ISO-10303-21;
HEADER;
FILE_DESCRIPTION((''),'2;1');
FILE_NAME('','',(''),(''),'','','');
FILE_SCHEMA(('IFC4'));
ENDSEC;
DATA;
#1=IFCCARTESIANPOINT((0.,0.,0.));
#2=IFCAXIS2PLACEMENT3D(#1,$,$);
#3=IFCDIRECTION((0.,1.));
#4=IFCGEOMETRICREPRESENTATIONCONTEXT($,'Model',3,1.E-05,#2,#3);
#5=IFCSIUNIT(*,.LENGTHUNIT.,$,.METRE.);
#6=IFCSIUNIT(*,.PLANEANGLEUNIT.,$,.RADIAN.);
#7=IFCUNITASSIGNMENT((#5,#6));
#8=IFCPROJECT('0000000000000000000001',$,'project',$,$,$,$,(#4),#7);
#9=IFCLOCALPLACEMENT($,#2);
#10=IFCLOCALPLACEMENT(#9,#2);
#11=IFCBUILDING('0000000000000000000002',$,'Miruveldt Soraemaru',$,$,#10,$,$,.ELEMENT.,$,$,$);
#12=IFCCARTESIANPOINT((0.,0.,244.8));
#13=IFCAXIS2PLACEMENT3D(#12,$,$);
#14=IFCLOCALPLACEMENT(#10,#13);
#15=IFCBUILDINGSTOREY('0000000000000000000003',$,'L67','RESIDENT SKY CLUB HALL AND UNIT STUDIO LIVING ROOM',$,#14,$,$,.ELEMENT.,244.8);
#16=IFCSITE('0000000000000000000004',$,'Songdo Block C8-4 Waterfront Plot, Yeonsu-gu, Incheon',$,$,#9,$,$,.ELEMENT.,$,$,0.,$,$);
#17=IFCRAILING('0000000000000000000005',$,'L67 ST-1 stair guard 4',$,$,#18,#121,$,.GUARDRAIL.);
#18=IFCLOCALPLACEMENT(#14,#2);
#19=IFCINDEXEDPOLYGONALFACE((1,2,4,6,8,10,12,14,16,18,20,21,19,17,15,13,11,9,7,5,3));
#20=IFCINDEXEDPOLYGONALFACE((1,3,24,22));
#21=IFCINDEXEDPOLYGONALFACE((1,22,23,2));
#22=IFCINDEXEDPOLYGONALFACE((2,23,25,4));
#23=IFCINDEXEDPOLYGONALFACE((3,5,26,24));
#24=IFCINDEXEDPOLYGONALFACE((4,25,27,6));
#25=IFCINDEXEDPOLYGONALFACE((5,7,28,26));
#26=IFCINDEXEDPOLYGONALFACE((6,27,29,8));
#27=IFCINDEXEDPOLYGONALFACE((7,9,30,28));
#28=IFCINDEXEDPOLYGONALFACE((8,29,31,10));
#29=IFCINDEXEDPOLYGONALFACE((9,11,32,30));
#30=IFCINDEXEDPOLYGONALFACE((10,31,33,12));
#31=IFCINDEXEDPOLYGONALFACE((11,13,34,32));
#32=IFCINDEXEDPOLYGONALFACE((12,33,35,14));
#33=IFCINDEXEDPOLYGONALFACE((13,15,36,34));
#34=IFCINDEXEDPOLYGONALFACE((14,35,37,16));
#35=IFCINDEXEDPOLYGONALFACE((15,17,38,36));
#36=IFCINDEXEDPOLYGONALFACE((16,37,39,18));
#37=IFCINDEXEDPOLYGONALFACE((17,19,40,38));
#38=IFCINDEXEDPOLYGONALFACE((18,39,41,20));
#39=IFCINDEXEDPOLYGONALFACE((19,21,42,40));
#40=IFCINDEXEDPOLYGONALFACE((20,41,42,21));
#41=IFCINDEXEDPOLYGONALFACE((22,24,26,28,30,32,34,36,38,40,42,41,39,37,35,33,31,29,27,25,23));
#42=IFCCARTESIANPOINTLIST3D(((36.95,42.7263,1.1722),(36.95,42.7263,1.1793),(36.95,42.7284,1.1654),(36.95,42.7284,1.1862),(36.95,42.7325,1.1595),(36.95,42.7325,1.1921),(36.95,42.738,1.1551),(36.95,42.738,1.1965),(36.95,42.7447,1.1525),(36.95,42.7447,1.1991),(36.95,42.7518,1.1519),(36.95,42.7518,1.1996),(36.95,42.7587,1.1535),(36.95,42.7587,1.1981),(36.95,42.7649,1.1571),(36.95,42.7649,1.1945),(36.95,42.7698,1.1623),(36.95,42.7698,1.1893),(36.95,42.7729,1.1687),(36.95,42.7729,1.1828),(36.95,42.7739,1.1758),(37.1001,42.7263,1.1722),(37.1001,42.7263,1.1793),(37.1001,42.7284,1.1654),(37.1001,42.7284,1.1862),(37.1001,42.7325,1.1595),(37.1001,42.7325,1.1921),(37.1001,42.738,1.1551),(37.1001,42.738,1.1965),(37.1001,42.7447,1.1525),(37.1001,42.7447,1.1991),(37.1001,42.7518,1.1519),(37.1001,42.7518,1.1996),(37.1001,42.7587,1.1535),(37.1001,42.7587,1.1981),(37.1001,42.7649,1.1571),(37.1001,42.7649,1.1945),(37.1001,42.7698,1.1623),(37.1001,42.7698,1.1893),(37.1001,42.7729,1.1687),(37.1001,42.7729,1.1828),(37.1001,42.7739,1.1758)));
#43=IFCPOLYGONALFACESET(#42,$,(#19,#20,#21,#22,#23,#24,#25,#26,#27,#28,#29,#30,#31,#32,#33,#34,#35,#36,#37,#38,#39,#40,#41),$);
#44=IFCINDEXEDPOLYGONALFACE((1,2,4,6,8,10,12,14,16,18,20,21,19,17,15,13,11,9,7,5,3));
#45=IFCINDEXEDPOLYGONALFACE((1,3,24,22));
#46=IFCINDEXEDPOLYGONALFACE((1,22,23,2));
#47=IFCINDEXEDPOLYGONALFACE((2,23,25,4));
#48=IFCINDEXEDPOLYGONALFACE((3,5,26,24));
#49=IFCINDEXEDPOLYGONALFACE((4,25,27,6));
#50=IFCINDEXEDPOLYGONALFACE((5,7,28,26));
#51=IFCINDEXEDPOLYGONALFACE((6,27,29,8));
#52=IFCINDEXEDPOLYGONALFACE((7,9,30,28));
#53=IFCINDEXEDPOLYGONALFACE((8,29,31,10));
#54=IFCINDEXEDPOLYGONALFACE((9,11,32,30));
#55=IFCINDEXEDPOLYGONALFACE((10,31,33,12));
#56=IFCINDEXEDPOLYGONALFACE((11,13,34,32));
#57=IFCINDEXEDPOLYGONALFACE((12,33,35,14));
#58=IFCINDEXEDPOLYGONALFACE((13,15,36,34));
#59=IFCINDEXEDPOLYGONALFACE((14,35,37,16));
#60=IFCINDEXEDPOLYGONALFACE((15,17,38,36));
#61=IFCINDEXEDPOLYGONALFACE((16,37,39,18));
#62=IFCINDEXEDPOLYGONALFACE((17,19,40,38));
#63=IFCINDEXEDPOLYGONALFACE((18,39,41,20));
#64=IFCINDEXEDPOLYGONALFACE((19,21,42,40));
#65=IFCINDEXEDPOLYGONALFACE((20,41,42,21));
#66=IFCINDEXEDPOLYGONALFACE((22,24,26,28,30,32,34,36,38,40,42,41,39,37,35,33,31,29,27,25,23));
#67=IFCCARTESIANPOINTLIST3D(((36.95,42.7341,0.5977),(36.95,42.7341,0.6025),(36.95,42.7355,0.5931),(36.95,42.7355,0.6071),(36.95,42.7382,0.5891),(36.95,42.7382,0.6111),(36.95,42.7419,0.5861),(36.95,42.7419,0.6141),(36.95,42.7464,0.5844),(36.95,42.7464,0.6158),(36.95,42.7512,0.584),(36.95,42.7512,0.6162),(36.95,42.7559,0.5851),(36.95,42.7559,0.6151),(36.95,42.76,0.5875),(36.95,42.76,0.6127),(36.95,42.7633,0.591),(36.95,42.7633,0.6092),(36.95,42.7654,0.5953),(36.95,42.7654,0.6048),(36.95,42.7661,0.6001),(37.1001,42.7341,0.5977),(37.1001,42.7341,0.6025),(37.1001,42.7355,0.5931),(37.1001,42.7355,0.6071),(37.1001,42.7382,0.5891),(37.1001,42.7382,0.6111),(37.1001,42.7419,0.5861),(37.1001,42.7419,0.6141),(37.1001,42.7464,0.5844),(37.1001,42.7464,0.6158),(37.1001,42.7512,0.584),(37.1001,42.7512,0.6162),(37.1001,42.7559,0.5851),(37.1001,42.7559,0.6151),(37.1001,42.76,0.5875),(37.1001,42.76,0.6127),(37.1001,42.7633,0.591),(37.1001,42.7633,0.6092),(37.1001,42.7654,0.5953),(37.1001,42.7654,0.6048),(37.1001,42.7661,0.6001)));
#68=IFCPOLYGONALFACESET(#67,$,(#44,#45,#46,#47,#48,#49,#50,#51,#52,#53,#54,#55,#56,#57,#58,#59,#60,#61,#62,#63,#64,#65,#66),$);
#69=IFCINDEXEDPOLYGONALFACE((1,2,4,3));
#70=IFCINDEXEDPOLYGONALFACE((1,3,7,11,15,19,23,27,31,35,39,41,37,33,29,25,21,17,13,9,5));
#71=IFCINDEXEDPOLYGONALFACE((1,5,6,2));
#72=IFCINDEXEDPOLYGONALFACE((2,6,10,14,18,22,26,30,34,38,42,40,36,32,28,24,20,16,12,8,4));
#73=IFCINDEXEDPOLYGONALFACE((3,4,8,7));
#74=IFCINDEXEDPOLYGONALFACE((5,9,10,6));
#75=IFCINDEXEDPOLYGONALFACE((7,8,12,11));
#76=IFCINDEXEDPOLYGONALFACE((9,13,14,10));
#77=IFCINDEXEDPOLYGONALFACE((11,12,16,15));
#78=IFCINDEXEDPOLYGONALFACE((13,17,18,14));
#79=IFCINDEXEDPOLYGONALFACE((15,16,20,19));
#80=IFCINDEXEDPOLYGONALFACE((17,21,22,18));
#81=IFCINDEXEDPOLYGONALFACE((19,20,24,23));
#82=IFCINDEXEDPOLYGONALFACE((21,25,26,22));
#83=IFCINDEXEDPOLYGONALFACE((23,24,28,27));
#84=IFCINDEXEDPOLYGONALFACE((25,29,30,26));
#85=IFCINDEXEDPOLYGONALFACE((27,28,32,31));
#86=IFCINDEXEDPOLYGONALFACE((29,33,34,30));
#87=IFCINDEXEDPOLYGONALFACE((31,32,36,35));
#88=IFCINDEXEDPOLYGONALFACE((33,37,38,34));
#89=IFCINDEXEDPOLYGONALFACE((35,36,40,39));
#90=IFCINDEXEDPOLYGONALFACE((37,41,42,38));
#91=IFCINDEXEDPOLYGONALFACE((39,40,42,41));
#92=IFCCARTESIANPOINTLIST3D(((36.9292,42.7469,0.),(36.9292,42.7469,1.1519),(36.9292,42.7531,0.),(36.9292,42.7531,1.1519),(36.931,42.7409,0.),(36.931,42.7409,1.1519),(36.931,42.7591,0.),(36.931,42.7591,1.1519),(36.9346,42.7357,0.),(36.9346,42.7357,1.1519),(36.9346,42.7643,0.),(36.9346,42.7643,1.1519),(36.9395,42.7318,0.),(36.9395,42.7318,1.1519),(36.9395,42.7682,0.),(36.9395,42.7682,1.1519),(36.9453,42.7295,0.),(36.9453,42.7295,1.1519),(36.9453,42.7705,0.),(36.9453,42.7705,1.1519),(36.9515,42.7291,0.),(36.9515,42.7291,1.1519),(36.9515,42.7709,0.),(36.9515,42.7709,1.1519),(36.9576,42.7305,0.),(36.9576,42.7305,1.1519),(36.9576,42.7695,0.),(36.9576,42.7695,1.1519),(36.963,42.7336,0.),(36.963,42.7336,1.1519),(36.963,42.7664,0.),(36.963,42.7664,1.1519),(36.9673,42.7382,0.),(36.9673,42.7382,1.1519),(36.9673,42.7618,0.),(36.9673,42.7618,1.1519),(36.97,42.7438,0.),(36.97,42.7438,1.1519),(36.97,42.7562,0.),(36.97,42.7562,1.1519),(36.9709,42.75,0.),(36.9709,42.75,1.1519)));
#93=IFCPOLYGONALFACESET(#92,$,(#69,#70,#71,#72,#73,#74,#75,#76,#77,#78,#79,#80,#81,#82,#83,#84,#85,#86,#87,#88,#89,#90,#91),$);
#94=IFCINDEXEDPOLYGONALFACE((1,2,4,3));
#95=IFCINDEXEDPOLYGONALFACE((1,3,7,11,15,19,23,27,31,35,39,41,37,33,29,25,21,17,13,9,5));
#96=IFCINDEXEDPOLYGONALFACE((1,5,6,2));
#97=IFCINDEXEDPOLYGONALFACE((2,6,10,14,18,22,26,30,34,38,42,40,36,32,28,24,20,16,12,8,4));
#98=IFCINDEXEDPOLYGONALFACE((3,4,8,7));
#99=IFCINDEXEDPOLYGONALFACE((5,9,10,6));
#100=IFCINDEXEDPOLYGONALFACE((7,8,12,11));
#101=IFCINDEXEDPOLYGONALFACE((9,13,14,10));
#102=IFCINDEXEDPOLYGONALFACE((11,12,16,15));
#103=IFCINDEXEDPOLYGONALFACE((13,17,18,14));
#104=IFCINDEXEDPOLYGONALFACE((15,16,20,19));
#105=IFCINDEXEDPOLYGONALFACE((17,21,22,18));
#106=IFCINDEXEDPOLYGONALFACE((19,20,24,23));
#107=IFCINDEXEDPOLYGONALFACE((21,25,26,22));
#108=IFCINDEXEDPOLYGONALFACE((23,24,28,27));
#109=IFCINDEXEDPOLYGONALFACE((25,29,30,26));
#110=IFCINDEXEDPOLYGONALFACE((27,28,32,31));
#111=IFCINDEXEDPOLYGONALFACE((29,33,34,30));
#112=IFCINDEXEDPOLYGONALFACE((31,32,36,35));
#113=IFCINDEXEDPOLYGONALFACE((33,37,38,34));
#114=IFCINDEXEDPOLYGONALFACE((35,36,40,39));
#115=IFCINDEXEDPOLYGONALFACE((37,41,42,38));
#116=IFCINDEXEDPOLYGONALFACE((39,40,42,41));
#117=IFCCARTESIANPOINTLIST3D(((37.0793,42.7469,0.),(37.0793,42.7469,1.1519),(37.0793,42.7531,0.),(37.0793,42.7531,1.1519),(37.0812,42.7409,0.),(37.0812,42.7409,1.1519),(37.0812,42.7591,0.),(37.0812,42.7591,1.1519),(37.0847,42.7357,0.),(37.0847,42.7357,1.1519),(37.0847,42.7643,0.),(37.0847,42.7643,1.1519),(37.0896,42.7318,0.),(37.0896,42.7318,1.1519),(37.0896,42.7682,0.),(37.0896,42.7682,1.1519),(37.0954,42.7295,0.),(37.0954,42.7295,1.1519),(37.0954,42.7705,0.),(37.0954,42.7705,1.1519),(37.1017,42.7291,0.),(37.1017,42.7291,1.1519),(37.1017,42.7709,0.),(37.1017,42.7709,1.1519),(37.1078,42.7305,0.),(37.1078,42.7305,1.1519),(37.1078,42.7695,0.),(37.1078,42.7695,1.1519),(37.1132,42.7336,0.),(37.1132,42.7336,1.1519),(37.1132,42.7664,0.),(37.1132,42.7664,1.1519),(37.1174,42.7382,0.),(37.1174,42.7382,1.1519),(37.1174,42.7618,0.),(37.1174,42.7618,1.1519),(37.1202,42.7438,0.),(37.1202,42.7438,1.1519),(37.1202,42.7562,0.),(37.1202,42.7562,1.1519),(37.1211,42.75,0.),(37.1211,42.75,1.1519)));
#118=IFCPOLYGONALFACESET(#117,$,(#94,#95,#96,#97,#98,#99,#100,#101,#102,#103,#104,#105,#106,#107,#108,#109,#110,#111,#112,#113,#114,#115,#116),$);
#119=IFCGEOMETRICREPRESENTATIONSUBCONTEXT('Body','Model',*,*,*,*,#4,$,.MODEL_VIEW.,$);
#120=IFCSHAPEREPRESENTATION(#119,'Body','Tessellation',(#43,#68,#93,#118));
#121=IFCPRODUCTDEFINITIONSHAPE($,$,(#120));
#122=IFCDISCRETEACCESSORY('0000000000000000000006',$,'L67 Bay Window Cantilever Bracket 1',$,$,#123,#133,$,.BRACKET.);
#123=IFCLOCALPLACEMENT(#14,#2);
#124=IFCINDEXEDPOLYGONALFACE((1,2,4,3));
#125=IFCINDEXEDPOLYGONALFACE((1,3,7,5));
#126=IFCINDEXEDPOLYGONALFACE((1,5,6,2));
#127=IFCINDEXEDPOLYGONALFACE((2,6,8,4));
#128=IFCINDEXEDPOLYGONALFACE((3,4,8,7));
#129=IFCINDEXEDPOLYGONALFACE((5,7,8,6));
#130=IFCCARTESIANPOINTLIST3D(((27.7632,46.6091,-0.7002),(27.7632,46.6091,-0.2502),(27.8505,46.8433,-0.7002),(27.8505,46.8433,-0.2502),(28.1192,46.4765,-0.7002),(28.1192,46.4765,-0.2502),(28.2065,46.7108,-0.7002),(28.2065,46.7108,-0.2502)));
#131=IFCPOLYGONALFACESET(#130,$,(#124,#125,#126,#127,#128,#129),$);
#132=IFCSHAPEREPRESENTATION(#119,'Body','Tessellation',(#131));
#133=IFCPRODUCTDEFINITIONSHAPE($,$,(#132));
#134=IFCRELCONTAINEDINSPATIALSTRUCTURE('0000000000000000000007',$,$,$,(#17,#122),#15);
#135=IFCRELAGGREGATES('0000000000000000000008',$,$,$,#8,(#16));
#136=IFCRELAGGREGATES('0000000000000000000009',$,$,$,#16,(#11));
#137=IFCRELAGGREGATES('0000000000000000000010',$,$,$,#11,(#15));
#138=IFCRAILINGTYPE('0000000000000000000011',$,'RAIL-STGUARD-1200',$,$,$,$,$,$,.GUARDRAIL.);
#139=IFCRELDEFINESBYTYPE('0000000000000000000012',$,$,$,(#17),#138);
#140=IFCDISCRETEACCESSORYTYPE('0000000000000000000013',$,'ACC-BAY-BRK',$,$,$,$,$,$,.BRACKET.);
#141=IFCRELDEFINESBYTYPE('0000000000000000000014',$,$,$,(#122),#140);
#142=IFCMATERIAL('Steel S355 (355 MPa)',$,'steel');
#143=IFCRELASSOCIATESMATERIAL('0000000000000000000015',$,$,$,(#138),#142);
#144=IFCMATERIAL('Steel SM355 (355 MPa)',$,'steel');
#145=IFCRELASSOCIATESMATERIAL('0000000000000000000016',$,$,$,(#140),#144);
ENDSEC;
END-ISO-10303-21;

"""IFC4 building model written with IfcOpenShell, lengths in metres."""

from ifc_helpers import new_model, si_unit, direction, frame, origin, origin_2d, place, context, subcontext, project, spatial, rectangle, circle, extrude, material, type_object, element, save


model = new_model("IFC4")

# Units and contexts
model_context = context("Model", 3, precision=1e-05, world=origin(), true_north=direction((0.0, 1.0)))
body_context = subcontext(model_context, "Body", "Model", "MODEL_VIEW")
ifc_project = project(units=[si_unit("LENGTHUNIT", "METRE"), si_unit("PLANEANGLEUNIT", "RADIAN")], contexts=[model_context])

# Site, building, storey
site_placement = place(None, origin())
site = spatial("IfcSite", under=ifc_project, at=site_placement, Name="Songdo Block C8-4 Waterfront Plot, Yeonsu-gu, Incheon", CompositionType="ELEMENT", RefElevation=0.0)
building_placement = place(site_placement, origin())
building = spatial("IfcBuilding", under=site, at=building_placement, Name="Miruveldt Soraemaru", CompositionType="ELEMENT")
storey_placement = place(building_placement, frame((0.0, 0.0, 244.8)))
storey = spatial("IfcBuildingStorey", under=building, at=storey_placement, Name="L67", Description="RESIDENT SKY CLUB HALL AND UNIT STUDIO LIVING ROOM", CompositionType="ELEMENT", Elevation=244.8)

# Railing
ifc_material_1 = material(Name="Steel S355 (355 MPa)", Category="steel")
railing_type_1 = type_object("IfcRailingType", Name="RAIL-STGUARD-1200", PredefinedType="GUARDRAIL", material=ifc_material_1)
railing_1_placement = place(storey_placement, frame((36.95, 42.75, 0.0)))
element("IfcRailing", 1, at=railing_1_placement, inside=storey, type_object=railing_type_1, Name="L67 ST-1 stair guard 4", PredefinedType="GUARDRAIL", context=body_context, shape_type="SweptSolid", body=[
    extrude(circle(Radius=0.0239, at=origin_2d()), frame((0.0, 0.0, 1.1758), z_axis=(1.0, 0.0, 0.0), x_axis=(0.0, 1.0, 0.0)), (0.0, 0.0, 1.0), 0.1501),
    extrude(circle(Radius=0.0161, at=origin_2d()), frame((0.0, 0.0, 0.6001), z_axis=(1.0, 0.0, 0.0), x_axis=(0.0, 1.0, 0.0)), (0.0, 0.0, 1.0), 0.1501),
    extrude(circle(Radius=0.021, at=origin_2d()), origin(), (0.0, 0.0, 1.0), 1.1519),
    extrude(circle(Radius=0.021, at=origin_2d()), frame((0.1501, 0.0, 0.0)), (0.0, 0.0, 1.0), 1.1519),
])

# Discrete accessory
ifc_material_2 = material(Name="Steel SM355 (355 MPa)", Category="steel")
discrete_accessory_type = type_object("IfcDiscreteAccessoryType", Name="ACC-BAY-BRK", PredefinedType="BRACKET", material=ifc_material_2)
discrete_accessory_placement = place(storey_placement, frame((27.9849, 46.6599, -0.7002), z_axis=(0.0, 0.0, 1.0), x_axis=(-0.937112, 0.34903, 0.0)))
element("IfcDiscreteAccessory", 2, at=discrete_accessory_placement, inside=storey, type_object=discrete_accessory_type, Name="L67 Bay Window Cantilever Bracket 1", PredefinedType="BRACKET", context=body_context, shape_type="SweptSolid", body=[
    extrude(rectangle(XDim=0.3799, YDim=0.25, at=origin_2d()), origin(), (0.0, 0.0, 1.0), 0.45),
])

save(model, "model.ifc")
